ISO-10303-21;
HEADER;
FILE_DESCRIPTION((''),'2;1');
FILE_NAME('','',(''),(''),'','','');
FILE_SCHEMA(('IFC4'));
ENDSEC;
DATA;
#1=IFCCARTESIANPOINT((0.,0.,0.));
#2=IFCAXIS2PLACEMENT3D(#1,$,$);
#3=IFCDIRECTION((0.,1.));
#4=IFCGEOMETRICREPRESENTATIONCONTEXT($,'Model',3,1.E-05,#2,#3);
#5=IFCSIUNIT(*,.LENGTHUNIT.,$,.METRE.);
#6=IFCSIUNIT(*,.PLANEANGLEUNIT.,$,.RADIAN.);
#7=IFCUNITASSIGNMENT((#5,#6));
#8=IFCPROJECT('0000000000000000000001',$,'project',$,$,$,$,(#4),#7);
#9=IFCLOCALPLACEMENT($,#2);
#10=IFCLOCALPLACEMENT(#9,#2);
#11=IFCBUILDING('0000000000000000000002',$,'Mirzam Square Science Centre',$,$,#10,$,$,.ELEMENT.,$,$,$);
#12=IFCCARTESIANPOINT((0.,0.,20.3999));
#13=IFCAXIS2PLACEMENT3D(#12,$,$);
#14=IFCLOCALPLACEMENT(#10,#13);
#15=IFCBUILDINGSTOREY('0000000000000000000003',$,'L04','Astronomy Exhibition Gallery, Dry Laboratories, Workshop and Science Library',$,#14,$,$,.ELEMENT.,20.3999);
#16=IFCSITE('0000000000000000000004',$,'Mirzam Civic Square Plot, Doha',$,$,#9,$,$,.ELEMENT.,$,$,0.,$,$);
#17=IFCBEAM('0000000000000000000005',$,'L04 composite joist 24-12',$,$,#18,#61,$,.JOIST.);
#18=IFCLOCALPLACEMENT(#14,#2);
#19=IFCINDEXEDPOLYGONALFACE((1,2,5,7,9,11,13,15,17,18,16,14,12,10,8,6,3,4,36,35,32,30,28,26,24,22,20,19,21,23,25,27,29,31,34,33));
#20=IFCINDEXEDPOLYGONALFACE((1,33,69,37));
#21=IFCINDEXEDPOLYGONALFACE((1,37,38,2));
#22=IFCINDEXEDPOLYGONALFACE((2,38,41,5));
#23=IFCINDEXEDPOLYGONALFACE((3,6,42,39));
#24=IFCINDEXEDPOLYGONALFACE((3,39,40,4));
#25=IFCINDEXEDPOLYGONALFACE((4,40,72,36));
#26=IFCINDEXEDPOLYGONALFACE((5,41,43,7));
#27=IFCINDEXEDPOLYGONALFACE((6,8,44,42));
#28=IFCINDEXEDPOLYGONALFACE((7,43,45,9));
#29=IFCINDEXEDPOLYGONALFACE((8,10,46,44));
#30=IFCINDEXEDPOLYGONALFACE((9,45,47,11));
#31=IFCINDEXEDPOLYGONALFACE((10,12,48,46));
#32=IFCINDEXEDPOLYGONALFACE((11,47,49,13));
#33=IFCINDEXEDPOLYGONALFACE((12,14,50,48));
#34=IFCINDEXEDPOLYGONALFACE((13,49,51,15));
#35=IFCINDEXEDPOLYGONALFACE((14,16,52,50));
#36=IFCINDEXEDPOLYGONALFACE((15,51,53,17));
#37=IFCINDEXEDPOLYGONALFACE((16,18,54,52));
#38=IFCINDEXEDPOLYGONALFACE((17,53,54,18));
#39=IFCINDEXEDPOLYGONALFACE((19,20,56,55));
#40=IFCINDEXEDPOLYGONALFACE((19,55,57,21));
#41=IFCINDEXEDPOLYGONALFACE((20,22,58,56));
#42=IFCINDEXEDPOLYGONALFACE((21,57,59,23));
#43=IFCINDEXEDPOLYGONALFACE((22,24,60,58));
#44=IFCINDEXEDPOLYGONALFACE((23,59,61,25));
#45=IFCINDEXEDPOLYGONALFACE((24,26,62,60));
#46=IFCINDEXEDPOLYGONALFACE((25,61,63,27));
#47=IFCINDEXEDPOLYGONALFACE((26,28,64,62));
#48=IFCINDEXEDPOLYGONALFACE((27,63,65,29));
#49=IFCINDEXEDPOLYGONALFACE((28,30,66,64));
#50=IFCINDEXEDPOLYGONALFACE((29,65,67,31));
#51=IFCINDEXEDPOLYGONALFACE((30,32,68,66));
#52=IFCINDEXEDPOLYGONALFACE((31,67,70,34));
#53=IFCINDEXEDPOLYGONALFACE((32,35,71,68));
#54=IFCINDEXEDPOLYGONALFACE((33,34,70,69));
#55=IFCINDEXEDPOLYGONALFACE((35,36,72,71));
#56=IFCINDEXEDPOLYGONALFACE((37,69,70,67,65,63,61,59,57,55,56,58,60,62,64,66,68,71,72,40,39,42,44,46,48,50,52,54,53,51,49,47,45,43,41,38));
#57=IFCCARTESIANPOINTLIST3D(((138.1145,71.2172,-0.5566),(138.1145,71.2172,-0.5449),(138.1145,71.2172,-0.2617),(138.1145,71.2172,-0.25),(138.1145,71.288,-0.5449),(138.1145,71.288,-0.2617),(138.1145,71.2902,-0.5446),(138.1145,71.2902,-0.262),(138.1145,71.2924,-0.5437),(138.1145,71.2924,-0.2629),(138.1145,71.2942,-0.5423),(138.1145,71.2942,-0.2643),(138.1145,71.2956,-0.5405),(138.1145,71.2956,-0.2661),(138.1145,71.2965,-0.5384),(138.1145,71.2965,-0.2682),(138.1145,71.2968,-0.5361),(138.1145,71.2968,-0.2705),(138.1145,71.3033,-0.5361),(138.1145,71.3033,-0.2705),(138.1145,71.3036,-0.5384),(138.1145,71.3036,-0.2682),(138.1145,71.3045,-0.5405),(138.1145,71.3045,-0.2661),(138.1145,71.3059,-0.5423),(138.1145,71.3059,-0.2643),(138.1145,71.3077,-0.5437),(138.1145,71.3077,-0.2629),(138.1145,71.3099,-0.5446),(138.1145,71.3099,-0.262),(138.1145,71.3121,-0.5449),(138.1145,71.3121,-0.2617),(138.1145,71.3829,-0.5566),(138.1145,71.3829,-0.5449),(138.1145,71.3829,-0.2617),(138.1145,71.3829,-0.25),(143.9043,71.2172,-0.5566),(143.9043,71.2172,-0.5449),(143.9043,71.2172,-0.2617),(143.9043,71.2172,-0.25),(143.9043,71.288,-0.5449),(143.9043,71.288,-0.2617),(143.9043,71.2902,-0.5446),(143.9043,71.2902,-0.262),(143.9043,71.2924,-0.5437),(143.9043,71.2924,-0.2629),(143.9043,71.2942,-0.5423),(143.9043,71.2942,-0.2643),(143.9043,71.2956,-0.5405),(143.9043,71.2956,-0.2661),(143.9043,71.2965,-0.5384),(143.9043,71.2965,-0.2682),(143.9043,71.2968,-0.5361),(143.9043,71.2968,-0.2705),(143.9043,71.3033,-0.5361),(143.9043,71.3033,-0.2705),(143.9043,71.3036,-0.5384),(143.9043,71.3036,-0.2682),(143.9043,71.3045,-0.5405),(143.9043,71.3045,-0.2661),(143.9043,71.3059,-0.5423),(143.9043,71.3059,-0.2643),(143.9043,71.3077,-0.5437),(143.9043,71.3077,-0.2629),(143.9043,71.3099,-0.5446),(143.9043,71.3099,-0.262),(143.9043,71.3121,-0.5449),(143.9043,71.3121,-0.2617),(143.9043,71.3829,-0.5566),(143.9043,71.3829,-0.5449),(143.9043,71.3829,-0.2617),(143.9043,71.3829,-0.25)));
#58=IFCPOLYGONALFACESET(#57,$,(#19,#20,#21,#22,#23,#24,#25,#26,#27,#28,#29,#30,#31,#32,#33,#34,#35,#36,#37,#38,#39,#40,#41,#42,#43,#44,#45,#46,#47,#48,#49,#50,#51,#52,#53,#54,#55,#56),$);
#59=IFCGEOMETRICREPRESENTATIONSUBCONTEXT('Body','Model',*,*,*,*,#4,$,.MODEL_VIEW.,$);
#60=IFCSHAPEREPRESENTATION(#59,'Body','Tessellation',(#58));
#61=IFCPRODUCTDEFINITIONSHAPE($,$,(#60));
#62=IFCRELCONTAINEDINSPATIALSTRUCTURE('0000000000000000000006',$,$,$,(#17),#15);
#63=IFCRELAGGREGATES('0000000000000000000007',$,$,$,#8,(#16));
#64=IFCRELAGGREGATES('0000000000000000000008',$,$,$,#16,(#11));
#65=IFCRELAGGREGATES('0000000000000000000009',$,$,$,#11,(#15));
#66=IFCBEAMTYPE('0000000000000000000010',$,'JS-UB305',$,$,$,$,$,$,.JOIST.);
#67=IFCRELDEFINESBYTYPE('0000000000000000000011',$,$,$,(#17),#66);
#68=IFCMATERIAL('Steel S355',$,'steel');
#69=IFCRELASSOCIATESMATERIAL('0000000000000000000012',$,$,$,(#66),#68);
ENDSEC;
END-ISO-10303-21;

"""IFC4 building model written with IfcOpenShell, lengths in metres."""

from ifc_helpers import new_model, si_unit, direction, frame, origin, origin_2d, place, context, subcontext, project, spatial, i_section, extrude, material, material_profile, profile_set, type_object, element, save


model = new_model("IFC4")

# Units and contexts
model_context = context("Model", 3, precision=1e-05, world=origin(), true_north=direction((0.0, 1.0)))
body_context = subcontext(model_context, "Body", "Model", "MODEL_VIEW")
ifc_project = project(units=[si_unit("LENGTHUNIT", "METRE"), si_unit("PLANEANGLEUNIT", "RADIAN")], contexts=[model_context])

# Site, building, storey
site_placement = place(None, origin())
site = spatial("IfcSite", under=ifc_project, at=site_placement, Name="Mirzam Civic Square Plot, Doha", CompositionType="ELEMENT", RefElevation=0.0)
building_placement = place(site_placement, origin())
building = spatial("IfcBuilding", under=site, at=building_placement, Name="Mirzam Square Science Centre", CompositionType="ELEMENT")
storey_placement = place(building_placement, frame((0.0, 0.0, 20.3999)))
storey = spatial("IfcBuildingStorey", under=building, at=storey_placement, Name="L04", Description="Astronomy Exhibition Gallery, Dry Laboratories, Workshop and Science Library", CompositionType="ELEMENT", Elevation=20.3999)

# Shared definitions
ifc_material = material(Name="Steel S355", Category="steel")

# Beam
ifc_material_profile_1 = material_profile(ifc_material, i_section(OverallWidth=0.1658, OverallDepth=0.3066, WebThickness=0.0066, FlangeThickness=0.0117, FilletRadius=0.0088, at=origin_2d()), Name="305x165x46UB")
ifc_profile_set_1 = profile_set([ifc_material_profile_1], Name="Steel S355")
beam_type_1 = type_object("IfcBeamType", Name="JS-UB305", PredefinedType="JOIST", material=ifc_profile_set_1)
beam_1_placement = place(storey_placement, frame((138.1145, 71.3, -0.4033), z_axis=(1.0, 0.0, 0.0), x_axis=(0.0, 1.0, 0.0)))
element("IfcBeam", 1, at=beam_1_placement, inside=storey, type_object=beam_type_1, Name="L04 composite joist 24-12", PredefinedType="JOIST", context=body_context, shape_type="SweptSolid", body=[
    extrude(i_section(OverallWidth=0.1658, OverallDepth=0.3066, WebThickness=0.0066, FlangeThickness=0.0117, FilletRadius=0.0088, at=origin_2d()), origin(), (0.0, 0.0, 1.0), 5.7898),
])

save(model, "model.ifc")
